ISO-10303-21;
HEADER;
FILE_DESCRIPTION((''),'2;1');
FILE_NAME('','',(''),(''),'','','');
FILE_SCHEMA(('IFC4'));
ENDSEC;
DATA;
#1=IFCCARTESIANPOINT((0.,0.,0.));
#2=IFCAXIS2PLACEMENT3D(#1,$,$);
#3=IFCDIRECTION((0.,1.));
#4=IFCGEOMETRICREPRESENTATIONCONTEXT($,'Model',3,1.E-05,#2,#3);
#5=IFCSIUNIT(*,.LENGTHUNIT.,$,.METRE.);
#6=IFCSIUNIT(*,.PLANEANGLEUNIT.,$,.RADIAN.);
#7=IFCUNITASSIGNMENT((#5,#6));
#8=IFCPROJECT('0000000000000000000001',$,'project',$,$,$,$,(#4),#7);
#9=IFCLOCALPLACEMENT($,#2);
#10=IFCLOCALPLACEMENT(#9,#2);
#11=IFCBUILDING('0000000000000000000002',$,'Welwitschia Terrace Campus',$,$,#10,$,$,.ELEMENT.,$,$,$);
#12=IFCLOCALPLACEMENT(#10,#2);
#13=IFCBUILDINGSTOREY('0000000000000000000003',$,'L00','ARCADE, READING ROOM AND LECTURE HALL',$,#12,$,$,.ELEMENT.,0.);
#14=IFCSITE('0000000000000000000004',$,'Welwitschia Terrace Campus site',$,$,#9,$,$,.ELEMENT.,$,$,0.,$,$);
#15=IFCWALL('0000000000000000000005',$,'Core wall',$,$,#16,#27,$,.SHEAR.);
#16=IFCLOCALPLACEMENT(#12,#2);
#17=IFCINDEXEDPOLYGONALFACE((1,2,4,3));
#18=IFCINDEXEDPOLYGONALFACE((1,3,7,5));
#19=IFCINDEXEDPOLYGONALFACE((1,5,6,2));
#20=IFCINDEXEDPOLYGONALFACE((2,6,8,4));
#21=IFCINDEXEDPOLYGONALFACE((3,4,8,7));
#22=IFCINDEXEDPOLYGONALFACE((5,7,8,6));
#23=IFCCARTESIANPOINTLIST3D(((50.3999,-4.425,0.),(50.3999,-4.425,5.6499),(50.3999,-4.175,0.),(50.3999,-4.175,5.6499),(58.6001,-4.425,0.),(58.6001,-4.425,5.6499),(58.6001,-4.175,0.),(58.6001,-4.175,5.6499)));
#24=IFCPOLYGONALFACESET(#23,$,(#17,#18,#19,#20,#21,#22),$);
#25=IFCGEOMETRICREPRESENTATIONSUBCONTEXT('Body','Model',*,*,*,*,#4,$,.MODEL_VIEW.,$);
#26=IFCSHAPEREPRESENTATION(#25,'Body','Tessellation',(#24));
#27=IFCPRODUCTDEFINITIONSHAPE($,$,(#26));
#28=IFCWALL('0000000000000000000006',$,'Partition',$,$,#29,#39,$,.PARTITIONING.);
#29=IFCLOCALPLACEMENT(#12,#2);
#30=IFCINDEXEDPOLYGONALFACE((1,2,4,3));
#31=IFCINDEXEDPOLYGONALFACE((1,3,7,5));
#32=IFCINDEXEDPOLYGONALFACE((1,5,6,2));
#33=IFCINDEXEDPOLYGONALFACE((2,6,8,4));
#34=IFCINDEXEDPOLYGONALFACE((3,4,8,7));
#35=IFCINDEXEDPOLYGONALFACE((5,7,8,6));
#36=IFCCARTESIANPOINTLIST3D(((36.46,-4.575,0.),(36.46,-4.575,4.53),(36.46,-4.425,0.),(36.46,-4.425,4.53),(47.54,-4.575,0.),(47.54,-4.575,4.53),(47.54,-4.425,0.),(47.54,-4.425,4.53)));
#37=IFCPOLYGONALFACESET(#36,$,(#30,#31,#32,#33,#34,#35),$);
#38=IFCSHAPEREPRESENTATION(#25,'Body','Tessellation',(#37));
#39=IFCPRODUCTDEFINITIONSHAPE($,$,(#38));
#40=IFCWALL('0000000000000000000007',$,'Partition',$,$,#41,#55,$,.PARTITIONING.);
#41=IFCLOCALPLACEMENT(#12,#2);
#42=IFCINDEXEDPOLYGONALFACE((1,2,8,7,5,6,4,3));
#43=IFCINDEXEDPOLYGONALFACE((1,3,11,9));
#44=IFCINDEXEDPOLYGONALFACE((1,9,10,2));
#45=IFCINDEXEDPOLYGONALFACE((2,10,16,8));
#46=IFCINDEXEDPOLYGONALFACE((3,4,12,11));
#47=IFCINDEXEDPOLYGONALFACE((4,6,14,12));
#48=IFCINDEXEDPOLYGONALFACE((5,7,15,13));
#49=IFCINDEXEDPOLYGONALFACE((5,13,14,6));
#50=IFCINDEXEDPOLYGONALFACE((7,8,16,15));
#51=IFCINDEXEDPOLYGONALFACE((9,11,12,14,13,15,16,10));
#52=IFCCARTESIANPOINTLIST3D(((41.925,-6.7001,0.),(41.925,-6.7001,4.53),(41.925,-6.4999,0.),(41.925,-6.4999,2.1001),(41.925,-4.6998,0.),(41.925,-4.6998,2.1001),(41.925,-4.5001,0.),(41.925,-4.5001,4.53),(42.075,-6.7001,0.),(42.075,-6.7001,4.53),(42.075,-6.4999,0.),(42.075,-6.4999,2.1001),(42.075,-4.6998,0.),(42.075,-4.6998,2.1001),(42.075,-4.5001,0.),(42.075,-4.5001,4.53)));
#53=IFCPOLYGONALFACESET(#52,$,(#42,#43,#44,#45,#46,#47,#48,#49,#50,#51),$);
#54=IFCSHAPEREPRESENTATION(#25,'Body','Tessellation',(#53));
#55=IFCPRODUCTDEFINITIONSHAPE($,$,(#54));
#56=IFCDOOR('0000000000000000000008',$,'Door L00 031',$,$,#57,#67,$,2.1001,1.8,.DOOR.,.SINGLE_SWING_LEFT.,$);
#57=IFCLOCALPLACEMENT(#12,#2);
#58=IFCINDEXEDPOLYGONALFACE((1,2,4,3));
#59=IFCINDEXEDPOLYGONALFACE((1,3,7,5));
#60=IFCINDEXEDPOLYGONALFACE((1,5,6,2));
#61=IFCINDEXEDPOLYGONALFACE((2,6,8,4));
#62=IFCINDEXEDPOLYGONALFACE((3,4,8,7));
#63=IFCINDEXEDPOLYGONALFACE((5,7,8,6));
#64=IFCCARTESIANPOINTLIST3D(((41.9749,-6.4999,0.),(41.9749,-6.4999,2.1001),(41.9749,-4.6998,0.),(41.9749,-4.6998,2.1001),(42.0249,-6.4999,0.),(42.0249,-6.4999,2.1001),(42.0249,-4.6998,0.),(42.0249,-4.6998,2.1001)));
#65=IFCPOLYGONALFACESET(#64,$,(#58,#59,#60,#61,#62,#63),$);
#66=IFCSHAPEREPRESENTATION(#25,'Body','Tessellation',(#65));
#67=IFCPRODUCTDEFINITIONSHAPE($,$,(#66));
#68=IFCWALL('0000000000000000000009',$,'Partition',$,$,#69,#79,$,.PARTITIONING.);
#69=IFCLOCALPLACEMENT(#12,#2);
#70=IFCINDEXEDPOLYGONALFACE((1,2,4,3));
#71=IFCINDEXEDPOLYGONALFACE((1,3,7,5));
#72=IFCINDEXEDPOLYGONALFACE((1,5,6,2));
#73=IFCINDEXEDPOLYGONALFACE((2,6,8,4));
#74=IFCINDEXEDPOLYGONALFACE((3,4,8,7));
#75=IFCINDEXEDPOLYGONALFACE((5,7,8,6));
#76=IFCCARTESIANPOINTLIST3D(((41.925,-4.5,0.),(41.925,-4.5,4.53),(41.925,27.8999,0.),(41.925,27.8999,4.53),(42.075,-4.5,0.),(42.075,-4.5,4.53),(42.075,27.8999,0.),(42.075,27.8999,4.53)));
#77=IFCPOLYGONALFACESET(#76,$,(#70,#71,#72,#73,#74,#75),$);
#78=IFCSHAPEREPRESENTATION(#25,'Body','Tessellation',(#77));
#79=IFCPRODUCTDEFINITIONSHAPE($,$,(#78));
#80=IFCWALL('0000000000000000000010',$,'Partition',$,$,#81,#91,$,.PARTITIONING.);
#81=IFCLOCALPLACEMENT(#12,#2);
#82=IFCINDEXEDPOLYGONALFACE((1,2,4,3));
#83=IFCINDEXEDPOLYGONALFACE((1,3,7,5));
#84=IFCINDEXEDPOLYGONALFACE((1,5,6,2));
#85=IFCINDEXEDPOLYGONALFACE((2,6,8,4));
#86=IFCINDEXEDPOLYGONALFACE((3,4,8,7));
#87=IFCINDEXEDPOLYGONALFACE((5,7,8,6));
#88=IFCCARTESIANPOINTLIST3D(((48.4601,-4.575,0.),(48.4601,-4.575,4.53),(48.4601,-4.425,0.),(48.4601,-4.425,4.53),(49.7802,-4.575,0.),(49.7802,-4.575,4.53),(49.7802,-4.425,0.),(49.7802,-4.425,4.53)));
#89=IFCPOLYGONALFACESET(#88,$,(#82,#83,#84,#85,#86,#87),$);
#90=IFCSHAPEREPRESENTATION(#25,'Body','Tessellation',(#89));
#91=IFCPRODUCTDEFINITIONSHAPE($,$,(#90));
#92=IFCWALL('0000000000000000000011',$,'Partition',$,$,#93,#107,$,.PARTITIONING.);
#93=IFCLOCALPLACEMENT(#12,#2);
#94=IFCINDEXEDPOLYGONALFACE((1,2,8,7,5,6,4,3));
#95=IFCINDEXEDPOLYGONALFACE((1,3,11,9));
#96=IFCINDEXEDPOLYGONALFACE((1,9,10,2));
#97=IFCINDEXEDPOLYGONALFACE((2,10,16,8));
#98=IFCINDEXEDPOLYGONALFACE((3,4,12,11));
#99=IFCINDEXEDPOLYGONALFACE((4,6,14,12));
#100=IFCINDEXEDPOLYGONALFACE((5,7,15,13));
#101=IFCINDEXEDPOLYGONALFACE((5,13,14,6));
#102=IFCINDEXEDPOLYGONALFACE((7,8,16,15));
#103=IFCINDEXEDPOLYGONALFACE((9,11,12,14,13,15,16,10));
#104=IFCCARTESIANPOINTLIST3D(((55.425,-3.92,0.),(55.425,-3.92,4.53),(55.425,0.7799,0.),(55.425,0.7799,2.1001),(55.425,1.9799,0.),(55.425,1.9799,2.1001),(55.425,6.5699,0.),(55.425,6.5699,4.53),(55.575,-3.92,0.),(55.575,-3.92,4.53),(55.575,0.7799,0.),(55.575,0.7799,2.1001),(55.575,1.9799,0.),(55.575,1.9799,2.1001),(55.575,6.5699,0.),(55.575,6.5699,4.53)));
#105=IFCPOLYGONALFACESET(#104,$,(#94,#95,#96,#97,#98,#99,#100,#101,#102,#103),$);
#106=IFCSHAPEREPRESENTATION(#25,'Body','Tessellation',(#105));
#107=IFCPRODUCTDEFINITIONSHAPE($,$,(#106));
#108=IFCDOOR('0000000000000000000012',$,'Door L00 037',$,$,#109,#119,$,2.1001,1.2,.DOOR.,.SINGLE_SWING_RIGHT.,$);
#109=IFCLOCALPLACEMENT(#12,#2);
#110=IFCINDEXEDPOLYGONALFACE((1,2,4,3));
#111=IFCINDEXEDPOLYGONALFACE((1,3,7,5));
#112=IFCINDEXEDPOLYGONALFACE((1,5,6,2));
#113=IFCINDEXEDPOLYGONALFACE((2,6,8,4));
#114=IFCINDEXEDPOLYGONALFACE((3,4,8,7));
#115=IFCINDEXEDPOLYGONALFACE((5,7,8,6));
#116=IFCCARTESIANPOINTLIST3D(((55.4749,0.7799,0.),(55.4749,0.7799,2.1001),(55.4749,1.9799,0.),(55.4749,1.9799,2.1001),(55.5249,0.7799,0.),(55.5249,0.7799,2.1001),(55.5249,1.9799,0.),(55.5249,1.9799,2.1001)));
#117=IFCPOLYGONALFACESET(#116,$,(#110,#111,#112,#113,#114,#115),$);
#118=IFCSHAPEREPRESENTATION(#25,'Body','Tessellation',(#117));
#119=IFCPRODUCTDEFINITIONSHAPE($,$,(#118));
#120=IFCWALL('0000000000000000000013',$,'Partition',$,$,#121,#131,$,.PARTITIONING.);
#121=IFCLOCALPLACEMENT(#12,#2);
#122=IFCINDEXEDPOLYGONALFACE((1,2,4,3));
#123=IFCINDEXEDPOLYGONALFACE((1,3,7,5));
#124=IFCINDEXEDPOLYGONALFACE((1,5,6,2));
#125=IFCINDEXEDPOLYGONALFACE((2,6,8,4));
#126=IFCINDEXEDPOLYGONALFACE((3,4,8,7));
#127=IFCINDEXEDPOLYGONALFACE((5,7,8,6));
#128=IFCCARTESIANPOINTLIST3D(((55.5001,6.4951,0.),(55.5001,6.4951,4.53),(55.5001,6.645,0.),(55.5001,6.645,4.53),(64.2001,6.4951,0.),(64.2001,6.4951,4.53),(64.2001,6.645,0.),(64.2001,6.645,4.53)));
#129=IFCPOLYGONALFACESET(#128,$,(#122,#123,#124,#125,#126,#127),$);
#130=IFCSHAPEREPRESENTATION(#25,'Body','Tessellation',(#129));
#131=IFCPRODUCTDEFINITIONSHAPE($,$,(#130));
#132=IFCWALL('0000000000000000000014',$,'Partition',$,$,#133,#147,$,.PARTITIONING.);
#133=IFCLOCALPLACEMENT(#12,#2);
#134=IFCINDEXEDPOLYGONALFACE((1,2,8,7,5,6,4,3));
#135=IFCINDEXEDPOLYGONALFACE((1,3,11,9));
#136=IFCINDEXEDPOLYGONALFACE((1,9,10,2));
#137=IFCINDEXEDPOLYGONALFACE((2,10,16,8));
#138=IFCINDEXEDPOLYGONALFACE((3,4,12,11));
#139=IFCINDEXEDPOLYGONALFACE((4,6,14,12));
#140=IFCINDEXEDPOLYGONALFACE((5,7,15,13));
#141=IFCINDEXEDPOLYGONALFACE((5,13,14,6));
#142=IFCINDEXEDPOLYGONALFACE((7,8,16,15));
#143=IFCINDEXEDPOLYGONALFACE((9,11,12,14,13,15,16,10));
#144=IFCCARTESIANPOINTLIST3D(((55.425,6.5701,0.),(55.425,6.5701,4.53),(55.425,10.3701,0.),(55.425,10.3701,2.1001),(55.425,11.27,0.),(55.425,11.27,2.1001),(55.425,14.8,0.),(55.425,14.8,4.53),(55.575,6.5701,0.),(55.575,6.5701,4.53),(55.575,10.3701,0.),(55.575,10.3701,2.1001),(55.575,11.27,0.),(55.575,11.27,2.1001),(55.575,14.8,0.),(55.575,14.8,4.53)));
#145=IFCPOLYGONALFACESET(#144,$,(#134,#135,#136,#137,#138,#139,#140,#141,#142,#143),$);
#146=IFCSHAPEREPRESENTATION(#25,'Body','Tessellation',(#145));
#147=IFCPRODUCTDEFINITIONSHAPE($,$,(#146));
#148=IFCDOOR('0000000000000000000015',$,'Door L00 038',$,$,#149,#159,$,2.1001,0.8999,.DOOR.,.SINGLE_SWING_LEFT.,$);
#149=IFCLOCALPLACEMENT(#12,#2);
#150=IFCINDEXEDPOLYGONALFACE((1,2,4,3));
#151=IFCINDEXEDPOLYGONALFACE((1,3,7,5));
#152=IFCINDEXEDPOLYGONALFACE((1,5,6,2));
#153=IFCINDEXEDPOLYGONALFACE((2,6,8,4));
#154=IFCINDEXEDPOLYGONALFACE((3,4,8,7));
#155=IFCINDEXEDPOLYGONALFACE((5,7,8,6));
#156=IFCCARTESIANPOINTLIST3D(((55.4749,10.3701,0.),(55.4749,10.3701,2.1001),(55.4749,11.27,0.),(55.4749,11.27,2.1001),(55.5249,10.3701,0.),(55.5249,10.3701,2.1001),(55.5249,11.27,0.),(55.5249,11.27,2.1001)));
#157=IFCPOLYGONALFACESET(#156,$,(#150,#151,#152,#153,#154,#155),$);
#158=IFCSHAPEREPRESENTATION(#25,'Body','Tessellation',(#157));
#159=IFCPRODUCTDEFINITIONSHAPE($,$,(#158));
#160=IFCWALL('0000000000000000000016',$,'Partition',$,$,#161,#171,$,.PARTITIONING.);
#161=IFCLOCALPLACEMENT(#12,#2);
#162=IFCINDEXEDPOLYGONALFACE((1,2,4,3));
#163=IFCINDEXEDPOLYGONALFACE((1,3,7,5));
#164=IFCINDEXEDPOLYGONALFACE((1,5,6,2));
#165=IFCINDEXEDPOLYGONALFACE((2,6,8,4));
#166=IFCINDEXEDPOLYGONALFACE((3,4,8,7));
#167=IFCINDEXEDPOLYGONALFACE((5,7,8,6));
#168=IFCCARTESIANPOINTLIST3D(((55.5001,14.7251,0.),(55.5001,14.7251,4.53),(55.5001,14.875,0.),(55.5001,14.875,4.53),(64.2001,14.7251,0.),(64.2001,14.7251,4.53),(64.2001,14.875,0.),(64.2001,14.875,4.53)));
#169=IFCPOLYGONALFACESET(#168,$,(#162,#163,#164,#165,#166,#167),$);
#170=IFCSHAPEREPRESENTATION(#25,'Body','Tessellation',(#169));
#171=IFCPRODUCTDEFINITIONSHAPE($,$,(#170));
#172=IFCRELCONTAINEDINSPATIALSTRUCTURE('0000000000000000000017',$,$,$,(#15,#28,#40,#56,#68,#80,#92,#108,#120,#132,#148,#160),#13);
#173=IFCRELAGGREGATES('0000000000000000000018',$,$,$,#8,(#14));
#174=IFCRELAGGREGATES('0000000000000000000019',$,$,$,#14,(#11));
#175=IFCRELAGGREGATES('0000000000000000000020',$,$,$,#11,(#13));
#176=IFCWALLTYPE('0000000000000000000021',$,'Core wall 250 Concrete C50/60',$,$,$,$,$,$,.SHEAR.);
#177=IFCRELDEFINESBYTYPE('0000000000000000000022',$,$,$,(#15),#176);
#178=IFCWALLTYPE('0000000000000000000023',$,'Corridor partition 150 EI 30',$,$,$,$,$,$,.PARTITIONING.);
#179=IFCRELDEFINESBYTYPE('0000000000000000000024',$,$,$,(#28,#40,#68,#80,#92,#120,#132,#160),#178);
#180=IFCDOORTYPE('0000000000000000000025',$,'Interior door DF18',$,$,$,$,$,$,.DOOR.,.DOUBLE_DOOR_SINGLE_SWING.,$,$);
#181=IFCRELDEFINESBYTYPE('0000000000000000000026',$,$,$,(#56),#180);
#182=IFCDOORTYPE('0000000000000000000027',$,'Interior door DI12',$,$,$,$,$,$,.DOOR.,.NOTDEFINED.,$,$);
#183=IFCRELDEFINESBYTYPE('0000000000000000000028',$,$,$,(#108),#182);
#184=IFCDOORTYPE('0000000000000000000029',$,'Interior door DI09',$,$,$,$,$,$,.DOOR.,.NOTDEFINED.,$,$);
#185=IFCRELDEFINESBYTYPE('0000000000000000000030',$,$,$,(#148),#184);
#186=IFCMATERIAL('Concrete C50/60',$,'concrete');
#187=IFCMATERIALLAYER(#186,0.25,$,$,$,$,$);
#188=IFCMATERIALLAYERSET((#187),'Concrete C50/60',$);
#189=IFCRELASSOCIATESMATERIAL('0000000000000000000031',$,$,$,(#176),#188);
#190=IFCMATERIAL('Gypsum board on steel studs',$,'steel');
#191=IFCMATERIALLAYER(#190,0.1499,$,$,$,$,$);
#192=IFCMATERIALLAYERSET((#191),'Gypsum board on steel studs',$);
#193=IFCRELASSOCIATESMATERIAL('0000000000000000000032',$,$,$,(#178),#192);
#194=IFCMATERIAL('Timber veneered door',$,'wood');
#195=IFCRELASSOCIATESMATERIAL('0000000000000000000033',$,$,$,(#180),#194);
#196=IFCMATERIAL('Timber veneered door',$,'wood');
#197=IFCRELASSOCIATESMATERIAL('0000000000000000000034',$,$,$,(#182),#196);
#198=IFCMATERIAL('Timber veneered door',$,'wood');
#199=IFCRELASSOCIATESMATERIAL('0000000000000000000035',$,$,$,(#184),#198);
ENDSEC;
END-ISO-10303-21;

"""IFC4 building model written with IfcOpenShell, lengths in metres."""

from ifc_helpers import new_model, si_unit, direction, frame, frame_2d, origin, place, context, subcontext, project, spatial, rectangle, extrude, material, layer, layer_set, type_object, element, fill, save


model = new_model("IFC4")

# Units and contexts
model_context = context("Model", 3, precision=1e-05, world=origin(), true_north=direction((0.0, 1.0)))
body_context = subcontext(model_context, "Body", "Model", "MODEL_VIEW")
ifc_project = project(units=[si_unit("LENGTHUNIT", "METRE"), si_unit("PLANEANGLEUNIT", "RADIAN")], contexts=[model_context])

# Site, building, storey
site_placement = place(None, origin())
site = spatial("IfcSite", under=ifc_project, at=site_placement, Name="Welwitschia Terrace Campus site", CompositionType="ELEMENT", RefElevation=0.0)
building_placement = place(site_placement, origin())
building = spatial("IfcBuilding", under=site, at=building_placement, Name="Welwitschia Terrace Campus", CompositionType="ELEMENT")
storey_placement = place(building_placement, origin())
storey = spatial("IfcBuildingStorey", under=building, at=storey_placement, Name="L00", Description="ARCADE, READING ROOM AND LECTURE HALL", CompositionType="ELEMENT", Elevation=0.0)

# Shared definitions
ifc_material_1 = material(Name="Concrete C50/60", Category="concrete")
ifc_layer_1 = layer(ifc_material_1, 0.25)
ifc_layer_set_1 = layer_set([ifc_layer_1], Name="Concrete C50/60")
wall_type_1 = type_object("IfcWallType", Name="Core wall 250 Concrete C50/60", PredefinedType="SHEAR", material=ifc_layer_set_1)

# Walls
wall_1_placement = place(storey_placement, frame((50.3999, -4.3, 0.0), z_axis=(0.0, 0.0, 1.0), x_axis=(1.0, 0.0, 0.0)))
element("IfcWall", 1, at=wall_1_placement, inside=storey, type_object=wall_type_1, Name="Core wall", PredefinedType="SHEAR", context=body_context, shape_type="SweptSolid", body=[
    extrude(rectangle(XDim=8.2002, YDim=0.25, at=frame_2d((4.1001, 0.0))), origin(), (0.0, 0.0, 1.0), 5.6499),
])
ifc_material_2 = material(Name="Gypsum board on steel studs", Category="steel")
ifc_layer_2 = layer(ifc_material_2, 0.1499)
ifc_layer_set_2 = layer_set([ifc_layer_2], Name="Gypsum board on steel studs")
wall_type_2 = type_object("IfcWallType", Name="Corridor partition 150 EI 30", PredefinedType="PARTITIONING", material=ifc_layer_set_2)
wall_2_placement = place(storey_placement, frame((36.46, -4.5, 0.0), z_axis=(0.0, 0.0, 1.0), x_axis=(1.0, 0.0, 0.0)))
element("IfcWall", 2, at=wall_2_placement, inside=storey, type_object=wall_type_2, Name="Partition", PredefinedType="PARTITIONING", context=body_context, shape_type="SweptSolid", body=[
    extrude(rectangle(XDim=11.0801, YDim=0.1499, at=frame_2d((5.54, 0.0))), origin(), (0.0, 0.0, 1.0), 4.53),
])

# Wall, opening, door
wall_3_placement = place(storey_placement, frame((42.0, -4.5, 0.0), z_axis=(0.0, 0.0, 1.0), x_axis=(0.0, -1.0, 0.0)))
wall_3 = element("IfcWall", 3, at=wall_3_placement, inside=storey, type_object=wall_type_2, Name="Partition", PredefinedType="PARTITIONING", context=body_context, shape_type="SweptSolid", body=[
    extrude(rectangle(XDim=2.2, YDim=0.1499, at=frame_2d((1.1001, 0.0))), origin(), (0.0, 0.0, 1.0), 4.53),
])
opening_1_placement = place(wall_3_placement, frame((0.2, 0.0, 0.0)))
opening_1 = element("IfcOpeningElement", 4, at=opening_1_placement, cuts=wall_3, PredefinedType="OPENING", context=body_context, shape_type="SweptSolid", body=[
    extrude(rectangle(XDim=1.8, YDim=2.1001, at=frame_2d((0.8999, 1.05))), frame((0.0, 0.085, 0.0), z_axis=(0.0, -1.0, 0.0), x_axis=(1.0, 0.0, 0.0)), (0.0, 0.0, 1.0), 0.1699),
])
ifc_material_3 = material(Name="Timber veneered door", Category="wood")
door_type_1 = type_object("IfcDoorType", Name="Interior door DF18", OperationType="DOUBLE_DOOR_SINGLE_SWING", PredefinedType="DOOR", material=ifc_material_3)
door_1_placement = place(opening_1_placement, origin())
door_1 = element("IfcDoor", 5, at=door_1_placement, inside=storey, type_object=door_type_1, Name="Door L00 031", OperationType="SINGLE_SWING_LEFT", OverallHeight=2.1001, OverallWidth=1.8, PredefinedType="DOOR", context=body_context, shape_type="SweptSolid", body=[
    extrude(rectangle(XDim=1.8, YDim=2.1001, at=frame_2d((0.8999, 1.05))), frame((0.0, 0.0249, 0.0), z_axis=(0.0, -1.0, 0.0), x_axis=(1.0, 0.0, 0.0)), (0.0, 0.0, 1.0), 0.05),
])
fill(opening_1, door_1)

# Walls
wall_4_placement = place(storey_placement, frame((42.0, -4.5, 0.0), z_axis=(0.0, 0.0, 1.0), x_axis=(0.0, 1.0, 0.0)))
element("IfcWall", 6, at=wall_4_placement, inside=storey, type_object=wall_type_2, Name="Partition", PredefinedType="PARTITIONING", context=body_context, shape_type="SweptSolid", body=[
    extrude(rectangle(XDim=32.3999, YDim=0.1499, at=frame_2d((16.2, 0.0))), origin(), (0.0, 0.0, 1.0), 4.53),
])
wall_5_placement = place(storey_placement, frame((48.46, -4.5, 0.0), z_axis=(0.0, 0.0, 1.0), x_axis=(1.0, 0.0, 0.0)))
element("IfcWall", 7, at=wall_5_placement, inside=storey, type_object=wall_type_2, Name="Partition", PredefinedType="PARTITIONING", context=body_context, shape_type="SweptSolid", body=[
    extrude(rectangle(XDim=1.3201, YDim=0.1499, at=frame_2d((0.6602, 0.0))), origin(), (0.0, 0.0, 1.0), 4.53),
])

# Wall, opening, door
wall_6_placement = place(storey_placement, frame((55.5, 6.5701, 0.0), z_axis=(0.0, 0.0, 1.0), x_axis=(0.0, -1.0, 0.0)))
wall_6 = element("IfcWall", 8, at=wall_6_placement, inside=storey, type_object=wall_type_2, Name="Partition", PredefinedType="PARTITIONING", context=body_context, shape_type="SweptSolid", body=[
    extrude(rectangle(XDim=10.49, YDim=0.1499, at=frame_2d((5.2451, 0.0))), origin(), (0.0, 0.0, 1.0), 4.53),
])
opening_2_placement = place(wall_6_placement, frame((4.5901, 0.0, 0.0)))
opening_2 = element("IfcOpeningElement", 9, at=opening_2_placement, cuts=wall_6, PredefinedType="OPENING", context=body_context, shape_type="SweptSolid", body=[
    extrude(rectangle(XDim=1.2, YDim=2.1001, at=frame_2d((0.6001, 1.05))), frame((0.0, 0.085, 0.0), z_axis=(0.0, -1.0, 0.0), x_axis=(1.0, 0.0, 0.0)), (0.0, 0.0, 1.0), 0.1699),
])
ifc_material_4 = material(Name="Timber veneered door", Category="wood")
door_type_2 = type_object("IfcDoorType", Name="Interior door DI12", OperationType="NOTDEFINED", PredefinedType="DOOR", material=ifc_material_4)
door_2_placement = place(opening_2_placement, origin())
door_2 = element("IfcDoor", 10, at=door_2_placement, inside=storey, type_object=door_type_2, Name="Door L00 037", OperationType="SINGLE_SWING_RIGHT", OverallHeight=2.1001, OverallWidth=1.2, PredefinedType="DOOR", context=body_context, shape_type="SweptSolid", body=[
    extrude(rectangle(XDim=1.2, YDim=2.1001, at=frame_2d((0.6001, 1.05))), frame((0.0, 0.0249, 0.0), z_axis=(0.0, -1.0, 0.0), x_axis=(1.0, 0.0, 0.0)), (0.0, 0.0, 1.0), 0.05),
])
fill(opening_2, door_2)

# Wall
wall_7_placement = place(storey_placement, frame((55.5, 6.5701, 0.0), z_axis=(0.0, 0.0, 1.0), x_axis=(1.0, 0.0, 0.0)))
element("IfcWall", 11, at=wall_7_placement, inside=storey, type_object=wall_type_2, Name="Partition", PredefinedType="PARTITIONING", context=body_context, shape_type="SweptSolid", body=[
    extrude(rectangle(XDim=8.7, YDim=0.1499, at=frame_2d((4.3501, 0.0))), origin(), (0.0, 0.0, 1.0), 4.53),
])

# Wall, opening, door
wall_8_placement = place(storey_placement, frame((55.5, 14.8, 0.0), z_axis=(0.0, 0.0, 1.0), x_axis=(0.0, -1.0, 0.0)))
wall_8 = element("IfcWall", 12, at=wall_8_placement, inside=storey, type_object=wall_type_2, Name="Partition", PredefinedType="PARTITIONING", context=body_context, shape_type="SweptSolid", body=[
    extrude(rectangle(XDim=8.23, YDim=0.1499, at=frame_2d((4.115, 0.0))), origin(), (0.0, 0.0, 1.0), 4.53),
])
opening_3_placement = place(wall_8_placement, frame((3.53, 0.0, 0.0)))
opening_3 = element("IfcOpeningElement", 13, at=opening_3_placement, cuts=wall_8, PredefinedType="OPENING", context=body_context, shape_type="SweptSolid", body=[
    extrude(rectangle(XDim=0.8999, YDim=2.1001, at=frame_2d((0.45, 1.05))), frame((0.0, 0.085, 0.0), z_axis=(0.0, -1.0, 0.0), x_axis=(1.0, 0.0, 0.0)), (0.0, 0.0, 1.0), 0.1699),
])
ifc_material_5 = material(Name="Timber veneered door", Category="wood")
door_type_3 = type_object("IfcDoorType", Name="Interior door DI09", OperationType="NOTDEFINED", PredefinedType="DOOR", material=ifc_material_5)
door_3_placement = place(opening_3_placement, origin())
door_3 = element("IfcDoor", 14, at=door_3_placement, inside=storey, type_object=door_type_3, Name="Door L00 038", OperationType="SINGLE_SWING_LEFT", OverallHeight=2.1001, OverallWidth=0.8999, PredefinedType="DOOR", context=body_context, shape_type="SweptSolid", body=[
    extrude(rectangle(XDim=0.8999, YDim=2.1001, at=frame_2d((0.45, 1.05))), frame((0.0, 0.0249, 0.0), z_axis=(0.0, -1.0, 0.0), x_axis=(1.0, 0.0, 0.0)), (0.0, 0.0, 1.0), 0.05),
])
fill(opening_3, door_3)

# Wall
wall_9_placement = place(storey_placement, frame((55.5, 14.8, 0.0), z_axis=(0.0, 0.0, 1.0), x_axis=(1.0, 0.0, 0.0)))
element("IfcWall", 15, at=wall_9_placement, inside=storey, type_object=wall_type_2, Name="Partition", PredefinedType="PARTITIONING", context=body_context, shape_type="SweptSolid", body=[
    extrude(rectangle(XDim=8.7, YDim=0.1499, at=frame_2d((4.3501, 0.0))), origin(), (0.0, 0.0, 1.0), 4.53),
])

save(model, "model.ifc")
